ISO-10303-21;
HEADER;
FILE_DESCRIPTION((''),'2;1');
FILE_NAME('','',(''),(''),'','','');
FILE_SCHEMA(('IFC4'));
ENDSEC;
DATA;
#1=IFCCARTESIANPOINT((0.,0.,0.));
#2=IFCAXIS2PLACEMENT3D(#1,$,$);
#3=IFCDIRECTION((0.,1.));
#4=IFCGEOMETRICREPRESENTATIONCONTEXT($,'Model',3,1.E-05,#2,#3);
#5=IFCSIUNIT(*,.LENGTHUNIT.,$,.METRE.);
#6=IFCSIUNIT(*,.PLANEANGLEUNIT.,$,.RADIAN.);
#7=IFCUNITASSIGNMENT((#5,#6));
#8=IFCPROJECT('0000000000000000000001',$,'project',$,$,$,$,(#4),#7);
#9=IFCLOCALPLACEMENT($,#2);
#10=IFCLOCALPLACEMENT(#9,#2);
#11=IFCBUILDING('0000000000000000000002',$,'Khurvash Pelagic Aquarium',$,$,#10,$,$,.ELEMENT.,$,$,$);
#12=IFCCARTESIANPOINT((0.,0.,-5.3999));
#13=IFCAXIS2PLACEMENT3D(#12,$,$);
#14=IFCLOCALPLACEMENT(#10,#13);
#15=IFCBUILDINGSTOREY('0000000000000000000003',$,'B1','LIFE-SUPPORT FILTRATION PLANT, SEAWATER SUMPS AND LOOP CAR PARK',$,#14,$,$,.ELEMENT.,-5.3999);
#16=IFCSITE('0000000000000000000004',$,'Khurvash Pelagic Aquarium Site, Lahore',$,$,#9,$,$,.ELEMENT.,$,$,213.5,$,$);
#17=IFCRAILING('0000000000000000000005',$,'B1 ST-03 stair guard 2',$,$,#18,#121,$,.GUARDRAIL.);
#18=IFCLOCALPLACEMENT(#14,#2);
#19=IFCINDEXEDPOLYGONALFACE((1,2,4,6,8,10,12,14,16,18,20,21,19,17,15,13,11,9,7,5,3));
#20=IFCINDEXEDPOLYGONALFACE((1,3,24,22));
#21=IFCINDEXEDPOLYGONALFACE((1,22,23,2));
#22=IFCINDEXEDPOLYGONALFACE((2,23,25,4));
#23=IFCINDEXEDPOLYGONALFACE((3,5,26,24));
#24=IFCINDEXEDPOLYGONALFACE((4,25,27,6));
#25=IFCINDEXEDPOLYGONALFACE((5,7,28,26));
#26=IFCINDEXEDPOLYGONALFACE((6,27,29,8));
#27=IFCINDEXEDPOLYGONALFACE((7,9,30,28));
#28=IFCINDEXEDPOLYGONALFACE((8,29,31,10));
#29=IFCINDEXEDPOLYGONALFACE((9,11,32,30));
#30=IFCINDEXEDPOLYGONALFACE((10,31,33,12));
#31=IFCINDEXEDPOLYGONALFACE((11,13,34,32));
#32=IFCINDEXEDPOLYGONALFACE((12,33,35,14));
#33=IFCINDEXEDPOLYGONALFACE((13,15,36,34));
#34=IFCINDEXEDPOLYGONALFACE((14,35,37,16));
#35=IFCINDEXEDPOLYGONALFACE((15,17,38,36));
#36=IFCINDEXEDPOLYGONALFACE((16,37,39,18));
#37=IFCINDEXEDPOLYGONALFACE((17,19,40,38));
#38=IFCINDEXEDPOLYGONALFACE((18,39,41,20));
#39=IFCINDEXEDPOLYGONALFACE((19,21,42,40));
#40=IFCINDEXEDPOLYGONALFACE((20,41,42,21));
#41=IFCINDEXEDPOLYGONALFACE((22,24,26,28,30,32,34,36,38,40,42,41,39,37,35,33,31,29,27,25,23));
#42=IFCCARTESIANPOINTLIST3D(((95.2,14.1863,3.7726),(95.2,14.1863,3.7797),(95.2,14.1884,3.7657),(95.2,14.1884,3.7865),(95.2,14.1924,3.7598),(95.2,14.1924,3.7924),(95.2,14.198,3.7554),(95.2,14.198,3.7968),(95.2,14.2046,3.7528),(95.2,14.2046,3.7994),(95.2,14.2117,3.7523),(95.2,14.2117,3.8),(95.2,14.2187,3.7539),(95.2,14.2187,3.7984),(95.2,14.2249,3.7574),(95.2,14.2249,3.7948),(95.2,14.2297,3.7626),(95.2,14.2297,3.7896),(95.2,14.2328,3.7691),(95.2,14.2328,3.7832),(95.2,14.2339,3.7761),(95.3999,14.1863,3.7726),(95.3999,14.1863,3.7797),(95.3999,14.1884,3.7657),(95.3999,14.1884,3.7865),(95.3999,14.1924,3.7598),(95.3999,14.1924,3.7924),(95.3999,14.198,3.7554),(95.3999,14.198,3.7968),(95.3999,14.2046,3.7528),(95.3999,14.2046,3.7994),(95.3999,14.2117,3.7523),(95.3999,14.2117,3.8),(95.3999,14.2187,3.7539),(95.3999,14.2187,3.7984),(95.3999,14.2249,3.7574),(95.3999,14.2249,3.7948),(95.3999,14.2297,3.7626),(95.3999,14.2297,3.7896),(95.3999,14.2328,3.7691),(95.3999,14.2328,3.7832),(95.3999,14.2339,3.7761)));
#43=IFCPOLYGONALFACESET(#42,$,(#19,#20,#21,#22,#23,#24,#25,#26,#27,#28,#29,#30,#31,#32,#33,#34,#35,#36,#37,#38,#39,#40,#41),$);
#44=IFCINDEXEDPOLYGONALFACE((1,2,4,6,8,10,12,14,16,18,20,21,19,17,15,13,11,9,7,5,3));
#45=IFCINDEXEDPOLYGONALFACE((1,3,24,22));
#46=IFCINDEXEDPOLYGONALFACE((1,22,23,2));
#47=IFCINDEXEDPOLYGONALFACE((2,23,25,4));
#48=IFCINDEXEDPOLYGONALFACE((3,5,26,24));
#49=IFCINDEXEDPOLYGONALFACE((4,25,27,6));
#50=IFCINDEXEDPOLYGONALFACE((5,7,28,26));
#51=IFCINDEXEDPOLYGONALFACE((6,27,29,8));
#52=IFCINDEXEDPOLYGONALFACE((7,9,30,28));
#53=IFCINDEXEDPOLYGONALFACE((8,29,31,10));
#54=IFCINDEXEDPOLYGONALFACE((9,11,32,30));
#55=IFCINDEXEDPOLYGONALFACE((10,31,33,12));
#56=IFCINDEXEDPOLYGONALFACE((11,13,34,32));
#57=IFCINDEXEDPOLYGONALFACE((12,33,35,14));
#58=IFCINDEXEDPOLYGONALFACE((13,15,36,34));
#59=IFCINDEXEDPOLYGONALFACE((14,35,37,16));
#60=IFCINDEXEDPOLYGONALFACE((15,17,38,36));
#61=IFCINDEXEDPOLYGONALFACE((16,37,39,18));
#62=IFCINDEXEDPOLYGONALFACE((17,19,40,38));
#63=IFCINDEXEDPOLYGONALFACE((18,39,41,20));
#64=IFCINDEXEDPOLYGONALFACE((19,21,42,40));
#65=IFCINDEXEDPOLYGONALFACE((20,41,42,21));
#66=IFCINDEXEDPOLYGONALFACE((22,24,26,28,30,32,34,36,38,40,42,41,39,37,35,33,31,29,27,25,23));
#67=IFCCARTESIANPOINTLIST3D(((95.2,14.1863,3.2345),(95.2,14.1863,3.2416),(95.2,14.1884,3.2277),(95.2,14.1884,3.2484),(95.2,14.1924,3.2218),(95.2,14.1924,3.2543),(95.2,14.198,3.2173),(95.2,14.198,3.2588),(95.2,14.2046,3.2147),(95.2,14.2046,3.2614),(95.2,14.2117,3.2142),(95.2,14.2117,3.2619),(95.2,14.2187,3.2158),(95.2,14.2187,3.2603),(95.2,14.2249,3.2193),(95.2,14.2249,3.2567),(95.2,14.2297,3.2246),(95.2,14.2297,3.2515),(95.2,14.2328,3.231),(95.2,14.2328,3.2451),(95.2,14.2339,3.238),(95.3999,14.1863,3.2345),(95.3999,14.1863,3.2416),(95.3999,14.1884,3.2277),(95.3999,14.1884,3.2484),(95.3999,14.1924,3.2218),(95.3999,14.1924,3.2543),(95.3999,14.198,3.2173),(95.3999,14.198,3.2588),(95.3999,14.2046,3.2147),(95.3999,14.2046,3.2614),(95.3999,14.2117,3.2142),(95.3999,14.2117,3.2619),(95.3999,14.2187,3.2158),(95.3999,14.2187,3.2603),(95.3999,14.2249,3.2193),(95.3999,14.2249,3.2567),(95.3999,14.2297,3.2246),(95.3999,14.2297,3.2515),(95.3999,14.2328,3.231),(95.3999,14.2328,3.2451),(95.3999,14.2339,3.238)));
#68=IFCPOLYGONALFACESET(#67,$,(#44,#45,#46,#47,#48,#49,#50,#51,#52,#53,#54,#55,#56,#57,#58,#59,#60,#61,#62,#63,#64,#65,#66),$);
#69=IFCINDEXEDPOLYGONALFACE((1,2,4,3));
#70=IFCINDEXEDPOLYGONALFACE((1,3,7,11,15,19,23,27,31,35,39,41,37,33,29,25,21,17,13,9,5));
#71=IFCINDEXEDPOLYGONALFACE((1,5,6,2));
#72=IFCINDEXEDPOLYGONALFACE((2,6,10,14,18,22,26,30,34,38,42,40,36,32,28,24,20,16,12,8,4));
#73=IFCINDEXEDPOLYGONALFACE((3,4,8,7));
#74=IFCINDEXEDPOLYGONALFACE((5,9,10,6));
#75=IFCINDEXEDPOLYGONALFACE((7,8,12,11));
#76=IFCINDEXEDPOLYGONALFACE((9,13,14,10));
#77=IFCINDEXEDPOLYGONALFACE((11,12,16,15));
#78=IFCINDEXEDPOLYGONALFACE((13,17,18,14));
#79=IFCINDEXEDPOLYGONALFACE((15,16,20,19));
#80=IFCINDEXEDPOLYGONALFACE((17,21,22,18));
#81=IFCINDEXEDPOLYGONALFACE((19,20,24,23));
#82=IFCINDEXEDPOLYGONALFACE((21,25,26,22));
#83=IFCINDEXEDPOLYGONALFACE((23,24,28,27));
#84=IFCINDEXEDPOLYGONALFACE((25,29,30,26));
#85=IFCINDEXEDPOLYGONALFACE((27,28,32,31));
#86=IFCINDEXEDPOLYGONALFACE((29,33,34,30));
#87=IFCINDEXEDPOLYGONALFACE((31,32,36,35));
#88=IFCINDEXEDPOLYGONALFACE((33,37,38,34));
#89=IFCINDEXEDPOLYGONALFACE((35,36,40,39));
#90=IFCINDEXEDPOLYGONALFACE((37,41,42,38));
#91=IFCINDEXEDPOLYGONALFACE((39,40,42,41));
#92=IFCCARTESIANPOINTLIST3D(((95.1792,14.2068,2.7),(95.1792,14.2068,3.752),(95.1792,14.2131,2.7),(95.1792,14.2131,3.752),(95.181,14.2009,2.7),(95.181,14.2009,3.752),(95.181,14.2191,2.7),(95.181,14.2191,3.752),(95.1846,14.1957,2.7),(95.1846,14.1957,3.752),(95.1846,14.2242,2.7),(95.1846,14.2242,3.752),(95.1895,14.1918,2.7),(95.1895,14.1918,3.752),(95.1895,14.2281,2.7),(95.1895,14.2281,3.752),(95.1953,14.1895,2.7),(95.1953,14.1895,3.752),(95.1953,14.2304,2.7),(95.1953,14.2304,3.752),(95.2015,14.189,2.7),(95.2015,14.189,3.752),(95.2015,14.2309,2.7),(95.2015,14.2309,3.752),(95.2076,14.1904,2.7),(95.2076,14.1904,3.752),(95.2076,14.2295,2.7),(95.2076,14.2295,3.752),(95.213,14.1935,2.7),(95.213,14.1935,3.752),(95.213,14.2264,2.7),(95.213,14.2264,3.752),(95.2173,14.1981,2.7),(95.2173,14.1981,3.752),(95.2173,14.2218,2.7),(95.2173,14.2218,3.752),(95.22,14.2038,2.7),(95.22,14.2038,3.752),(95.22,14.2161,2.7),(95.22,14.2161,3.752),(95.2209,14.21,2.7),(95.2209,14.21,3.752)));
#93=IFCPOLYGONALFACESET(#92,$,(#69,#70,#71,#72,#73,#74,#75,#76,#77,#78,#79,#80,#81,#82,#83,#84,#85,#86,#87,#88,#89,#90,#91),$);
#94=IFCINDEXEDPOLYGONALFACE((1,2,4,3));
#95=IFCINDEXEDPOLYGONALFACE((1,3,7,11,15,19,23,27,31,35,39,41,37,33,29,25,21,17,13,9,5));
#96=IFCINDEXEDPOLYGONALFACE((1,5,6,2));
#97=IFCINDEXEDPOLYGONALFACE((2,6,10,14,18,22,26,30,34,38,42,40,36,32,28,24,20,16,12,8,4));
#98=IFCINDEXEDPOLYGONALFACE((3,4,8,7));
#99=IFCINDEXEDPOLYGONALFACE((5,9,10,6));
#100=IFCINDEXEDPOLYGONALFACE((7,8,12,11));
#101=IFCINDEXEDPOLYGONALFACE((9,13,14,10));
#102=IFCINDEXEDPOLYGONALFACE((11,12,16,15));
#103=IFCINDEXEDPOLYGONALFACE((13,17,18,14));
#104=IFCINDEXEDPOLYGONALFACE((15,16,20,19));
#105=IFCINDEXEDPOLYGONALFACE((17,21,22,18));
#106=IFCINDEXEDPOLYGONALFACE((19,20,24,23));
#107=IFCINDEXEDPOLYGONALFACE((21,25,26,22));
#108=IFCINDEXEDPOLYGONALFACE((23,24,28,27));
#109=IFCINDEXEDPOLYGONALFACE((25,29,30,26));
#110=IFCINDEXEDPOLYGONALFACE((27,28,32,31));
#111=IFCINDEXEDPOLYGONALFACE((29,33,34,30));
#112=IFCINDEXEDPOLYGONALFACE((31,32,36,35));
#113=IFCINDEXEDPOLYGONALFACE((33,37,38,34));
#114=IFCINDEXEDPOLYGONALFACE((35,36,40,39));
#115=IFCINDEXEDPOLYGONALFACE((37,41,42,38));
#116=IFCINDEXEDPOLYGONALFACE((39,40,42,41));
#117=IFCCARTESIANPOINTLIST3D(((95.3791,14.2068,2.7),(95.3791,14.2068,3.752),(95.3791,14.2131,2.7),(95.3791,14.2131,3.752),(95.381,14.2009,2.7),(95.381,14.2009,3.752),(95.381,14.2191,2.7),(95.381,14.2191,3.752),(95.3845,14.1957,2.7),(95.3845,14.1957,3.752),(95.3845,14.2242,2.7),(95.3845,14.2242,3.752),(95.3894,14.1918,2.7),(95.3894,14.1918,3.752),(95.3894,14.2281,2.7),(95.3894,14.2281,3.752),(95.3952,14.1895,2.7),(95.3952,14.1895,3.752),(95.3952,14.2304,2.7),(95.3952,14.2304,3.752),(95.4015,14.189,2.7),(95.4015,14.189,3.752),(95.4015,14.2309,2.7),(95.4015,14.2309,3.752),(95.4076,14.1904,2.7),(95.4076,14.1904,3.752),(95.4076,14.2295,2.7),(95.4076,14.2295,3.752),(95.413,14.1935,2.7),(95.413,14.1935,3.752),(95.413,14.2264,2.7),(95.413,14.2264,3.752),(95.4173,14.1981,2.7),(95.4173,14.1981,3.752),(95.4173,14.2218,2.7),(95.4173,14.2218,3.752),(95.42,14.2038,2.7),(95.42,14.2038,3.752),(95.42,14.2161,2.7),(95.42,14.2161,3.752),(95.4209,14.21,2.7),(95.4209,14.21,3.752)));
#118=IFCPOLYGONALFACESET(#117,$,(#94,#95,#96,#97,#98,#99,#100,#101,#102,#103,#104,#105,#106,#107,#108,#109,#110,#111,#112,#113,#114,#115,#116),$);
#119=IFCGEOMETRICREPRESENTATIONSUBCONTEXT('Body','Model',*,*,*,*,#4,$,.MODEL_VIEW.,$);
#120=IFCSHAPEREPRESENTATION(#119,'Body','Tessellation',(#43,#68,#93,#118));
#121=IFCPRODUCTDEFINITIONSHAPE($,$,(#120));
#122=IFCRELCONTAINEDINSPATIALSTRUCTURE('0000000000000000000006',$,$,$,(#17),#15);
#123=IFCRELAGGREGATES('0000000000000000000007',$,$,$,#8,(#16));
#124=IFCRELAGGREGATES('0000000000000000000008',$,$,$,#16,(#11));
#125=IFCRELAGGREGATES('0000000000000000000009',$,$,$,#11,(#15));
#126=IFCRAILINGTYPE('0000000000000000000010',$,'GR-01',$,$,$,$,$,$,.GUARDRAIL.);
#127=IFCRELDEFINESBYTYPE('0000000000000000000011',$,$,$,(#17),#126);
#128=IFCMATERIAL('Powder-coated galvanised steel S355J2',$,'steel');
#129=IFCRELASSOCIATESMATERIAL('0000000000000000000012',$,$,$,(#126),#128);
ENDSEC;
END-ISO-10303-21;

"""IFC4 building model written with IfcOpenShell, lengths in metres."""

from ifc_helpers import new_model, si_unit, direction, frame, origin, origin_2d, place, context, subcontext, project, spatial, circle, extrude, material, type_object, element, save


model = new_model("IFC4")

# Units and contexts
model_context = context("Model", 3, precision=1e-05, world=origin(), true_north=direction((0.0, 1.0)))
body_context = subcontext(model_context, "Body", "Model", "MODEL_VIEW")
ifc_project = project(units=[si_unit("LENGTHUNIT", "METRE"), si_unit("PLANEANGLEUNIT", "RADIAN")], contexts=[model_context])

# Site, building, storey
site_placement = place(None, origin())
site = spatial("IfcSite", under=ifc_project, at=site_placement, Name="Khurvash Pelagic Aquarium Site, Lahore", CompositionType="ELEMENT", RefElevation=213.5)
building_placement = place(site_placement, origin())
building = spatial("IfcBuilding", under=site, at=building_placement, Name="Khurvash Pelagic Aquarium", CompositionType="ELEMENT")
storey_placement = place(building_placement, frame((0.0, 0.0, -5.3999)))
storey = spatial("IfcBuildingStorey", under=building, at=storey_placement, Name="B1", Description="LIFE-SUPPORT FILTRATION PLANT, SEAWATER SUMPS AND LOOP CAR PARK", CompositionType="ELEMENT", Elevation=-5.3999)

# Railing
ifc_material_1 = material(Name="Powder-coated galvanised steel S355J2", Category="steel")
railing_type_1 = type_object("IfcRailingType", Name="GR-01", PredefinedType="GUARDRAIL", material=ifc_material_1)
railing_1_placement = place(storey_placement, frame((95.2, 14.21, 2.7)))
element("IfcRailing", 1, at=railing_1_placement, inside=storey, type_object=railing_type_1, Name="B1 ST-03 stair guard 2", PredefinedType="GUARDRAIL", context=body_context, shape_type="SweptSolid", body=[
    extrude(circle(Radius=0.0239, at=origin_2d()), frame((0.0, 0.0, 1.0762), z_axis=(1.0, 0.0, 0.0), x_axis=(0.0, 1.0, 0.0)), (0.0, 0.0, 1.0), 0.2),
    extrude(circle(Radius=0.0239, at=origin_2d()), frame((0.0, 0.0, 0.5381), z_axis=(1.0, 0.0, 0.0), x_axis=(0.0, 1.0, 0.0)), (0.0, 0.0, 1.0), 0.2),
    extrude(circle(Radius=0.021, at=origin_2d()), origin(), (0.0, 0.0, 1.0), 1.052),
    extrude(circle(Radius=0.021, at=origin_2d()), frame((0.2, 0.0, 0.0)), (0.0, 0.0, 1.0), 1.052),
])

save(model, "model.ifc")
